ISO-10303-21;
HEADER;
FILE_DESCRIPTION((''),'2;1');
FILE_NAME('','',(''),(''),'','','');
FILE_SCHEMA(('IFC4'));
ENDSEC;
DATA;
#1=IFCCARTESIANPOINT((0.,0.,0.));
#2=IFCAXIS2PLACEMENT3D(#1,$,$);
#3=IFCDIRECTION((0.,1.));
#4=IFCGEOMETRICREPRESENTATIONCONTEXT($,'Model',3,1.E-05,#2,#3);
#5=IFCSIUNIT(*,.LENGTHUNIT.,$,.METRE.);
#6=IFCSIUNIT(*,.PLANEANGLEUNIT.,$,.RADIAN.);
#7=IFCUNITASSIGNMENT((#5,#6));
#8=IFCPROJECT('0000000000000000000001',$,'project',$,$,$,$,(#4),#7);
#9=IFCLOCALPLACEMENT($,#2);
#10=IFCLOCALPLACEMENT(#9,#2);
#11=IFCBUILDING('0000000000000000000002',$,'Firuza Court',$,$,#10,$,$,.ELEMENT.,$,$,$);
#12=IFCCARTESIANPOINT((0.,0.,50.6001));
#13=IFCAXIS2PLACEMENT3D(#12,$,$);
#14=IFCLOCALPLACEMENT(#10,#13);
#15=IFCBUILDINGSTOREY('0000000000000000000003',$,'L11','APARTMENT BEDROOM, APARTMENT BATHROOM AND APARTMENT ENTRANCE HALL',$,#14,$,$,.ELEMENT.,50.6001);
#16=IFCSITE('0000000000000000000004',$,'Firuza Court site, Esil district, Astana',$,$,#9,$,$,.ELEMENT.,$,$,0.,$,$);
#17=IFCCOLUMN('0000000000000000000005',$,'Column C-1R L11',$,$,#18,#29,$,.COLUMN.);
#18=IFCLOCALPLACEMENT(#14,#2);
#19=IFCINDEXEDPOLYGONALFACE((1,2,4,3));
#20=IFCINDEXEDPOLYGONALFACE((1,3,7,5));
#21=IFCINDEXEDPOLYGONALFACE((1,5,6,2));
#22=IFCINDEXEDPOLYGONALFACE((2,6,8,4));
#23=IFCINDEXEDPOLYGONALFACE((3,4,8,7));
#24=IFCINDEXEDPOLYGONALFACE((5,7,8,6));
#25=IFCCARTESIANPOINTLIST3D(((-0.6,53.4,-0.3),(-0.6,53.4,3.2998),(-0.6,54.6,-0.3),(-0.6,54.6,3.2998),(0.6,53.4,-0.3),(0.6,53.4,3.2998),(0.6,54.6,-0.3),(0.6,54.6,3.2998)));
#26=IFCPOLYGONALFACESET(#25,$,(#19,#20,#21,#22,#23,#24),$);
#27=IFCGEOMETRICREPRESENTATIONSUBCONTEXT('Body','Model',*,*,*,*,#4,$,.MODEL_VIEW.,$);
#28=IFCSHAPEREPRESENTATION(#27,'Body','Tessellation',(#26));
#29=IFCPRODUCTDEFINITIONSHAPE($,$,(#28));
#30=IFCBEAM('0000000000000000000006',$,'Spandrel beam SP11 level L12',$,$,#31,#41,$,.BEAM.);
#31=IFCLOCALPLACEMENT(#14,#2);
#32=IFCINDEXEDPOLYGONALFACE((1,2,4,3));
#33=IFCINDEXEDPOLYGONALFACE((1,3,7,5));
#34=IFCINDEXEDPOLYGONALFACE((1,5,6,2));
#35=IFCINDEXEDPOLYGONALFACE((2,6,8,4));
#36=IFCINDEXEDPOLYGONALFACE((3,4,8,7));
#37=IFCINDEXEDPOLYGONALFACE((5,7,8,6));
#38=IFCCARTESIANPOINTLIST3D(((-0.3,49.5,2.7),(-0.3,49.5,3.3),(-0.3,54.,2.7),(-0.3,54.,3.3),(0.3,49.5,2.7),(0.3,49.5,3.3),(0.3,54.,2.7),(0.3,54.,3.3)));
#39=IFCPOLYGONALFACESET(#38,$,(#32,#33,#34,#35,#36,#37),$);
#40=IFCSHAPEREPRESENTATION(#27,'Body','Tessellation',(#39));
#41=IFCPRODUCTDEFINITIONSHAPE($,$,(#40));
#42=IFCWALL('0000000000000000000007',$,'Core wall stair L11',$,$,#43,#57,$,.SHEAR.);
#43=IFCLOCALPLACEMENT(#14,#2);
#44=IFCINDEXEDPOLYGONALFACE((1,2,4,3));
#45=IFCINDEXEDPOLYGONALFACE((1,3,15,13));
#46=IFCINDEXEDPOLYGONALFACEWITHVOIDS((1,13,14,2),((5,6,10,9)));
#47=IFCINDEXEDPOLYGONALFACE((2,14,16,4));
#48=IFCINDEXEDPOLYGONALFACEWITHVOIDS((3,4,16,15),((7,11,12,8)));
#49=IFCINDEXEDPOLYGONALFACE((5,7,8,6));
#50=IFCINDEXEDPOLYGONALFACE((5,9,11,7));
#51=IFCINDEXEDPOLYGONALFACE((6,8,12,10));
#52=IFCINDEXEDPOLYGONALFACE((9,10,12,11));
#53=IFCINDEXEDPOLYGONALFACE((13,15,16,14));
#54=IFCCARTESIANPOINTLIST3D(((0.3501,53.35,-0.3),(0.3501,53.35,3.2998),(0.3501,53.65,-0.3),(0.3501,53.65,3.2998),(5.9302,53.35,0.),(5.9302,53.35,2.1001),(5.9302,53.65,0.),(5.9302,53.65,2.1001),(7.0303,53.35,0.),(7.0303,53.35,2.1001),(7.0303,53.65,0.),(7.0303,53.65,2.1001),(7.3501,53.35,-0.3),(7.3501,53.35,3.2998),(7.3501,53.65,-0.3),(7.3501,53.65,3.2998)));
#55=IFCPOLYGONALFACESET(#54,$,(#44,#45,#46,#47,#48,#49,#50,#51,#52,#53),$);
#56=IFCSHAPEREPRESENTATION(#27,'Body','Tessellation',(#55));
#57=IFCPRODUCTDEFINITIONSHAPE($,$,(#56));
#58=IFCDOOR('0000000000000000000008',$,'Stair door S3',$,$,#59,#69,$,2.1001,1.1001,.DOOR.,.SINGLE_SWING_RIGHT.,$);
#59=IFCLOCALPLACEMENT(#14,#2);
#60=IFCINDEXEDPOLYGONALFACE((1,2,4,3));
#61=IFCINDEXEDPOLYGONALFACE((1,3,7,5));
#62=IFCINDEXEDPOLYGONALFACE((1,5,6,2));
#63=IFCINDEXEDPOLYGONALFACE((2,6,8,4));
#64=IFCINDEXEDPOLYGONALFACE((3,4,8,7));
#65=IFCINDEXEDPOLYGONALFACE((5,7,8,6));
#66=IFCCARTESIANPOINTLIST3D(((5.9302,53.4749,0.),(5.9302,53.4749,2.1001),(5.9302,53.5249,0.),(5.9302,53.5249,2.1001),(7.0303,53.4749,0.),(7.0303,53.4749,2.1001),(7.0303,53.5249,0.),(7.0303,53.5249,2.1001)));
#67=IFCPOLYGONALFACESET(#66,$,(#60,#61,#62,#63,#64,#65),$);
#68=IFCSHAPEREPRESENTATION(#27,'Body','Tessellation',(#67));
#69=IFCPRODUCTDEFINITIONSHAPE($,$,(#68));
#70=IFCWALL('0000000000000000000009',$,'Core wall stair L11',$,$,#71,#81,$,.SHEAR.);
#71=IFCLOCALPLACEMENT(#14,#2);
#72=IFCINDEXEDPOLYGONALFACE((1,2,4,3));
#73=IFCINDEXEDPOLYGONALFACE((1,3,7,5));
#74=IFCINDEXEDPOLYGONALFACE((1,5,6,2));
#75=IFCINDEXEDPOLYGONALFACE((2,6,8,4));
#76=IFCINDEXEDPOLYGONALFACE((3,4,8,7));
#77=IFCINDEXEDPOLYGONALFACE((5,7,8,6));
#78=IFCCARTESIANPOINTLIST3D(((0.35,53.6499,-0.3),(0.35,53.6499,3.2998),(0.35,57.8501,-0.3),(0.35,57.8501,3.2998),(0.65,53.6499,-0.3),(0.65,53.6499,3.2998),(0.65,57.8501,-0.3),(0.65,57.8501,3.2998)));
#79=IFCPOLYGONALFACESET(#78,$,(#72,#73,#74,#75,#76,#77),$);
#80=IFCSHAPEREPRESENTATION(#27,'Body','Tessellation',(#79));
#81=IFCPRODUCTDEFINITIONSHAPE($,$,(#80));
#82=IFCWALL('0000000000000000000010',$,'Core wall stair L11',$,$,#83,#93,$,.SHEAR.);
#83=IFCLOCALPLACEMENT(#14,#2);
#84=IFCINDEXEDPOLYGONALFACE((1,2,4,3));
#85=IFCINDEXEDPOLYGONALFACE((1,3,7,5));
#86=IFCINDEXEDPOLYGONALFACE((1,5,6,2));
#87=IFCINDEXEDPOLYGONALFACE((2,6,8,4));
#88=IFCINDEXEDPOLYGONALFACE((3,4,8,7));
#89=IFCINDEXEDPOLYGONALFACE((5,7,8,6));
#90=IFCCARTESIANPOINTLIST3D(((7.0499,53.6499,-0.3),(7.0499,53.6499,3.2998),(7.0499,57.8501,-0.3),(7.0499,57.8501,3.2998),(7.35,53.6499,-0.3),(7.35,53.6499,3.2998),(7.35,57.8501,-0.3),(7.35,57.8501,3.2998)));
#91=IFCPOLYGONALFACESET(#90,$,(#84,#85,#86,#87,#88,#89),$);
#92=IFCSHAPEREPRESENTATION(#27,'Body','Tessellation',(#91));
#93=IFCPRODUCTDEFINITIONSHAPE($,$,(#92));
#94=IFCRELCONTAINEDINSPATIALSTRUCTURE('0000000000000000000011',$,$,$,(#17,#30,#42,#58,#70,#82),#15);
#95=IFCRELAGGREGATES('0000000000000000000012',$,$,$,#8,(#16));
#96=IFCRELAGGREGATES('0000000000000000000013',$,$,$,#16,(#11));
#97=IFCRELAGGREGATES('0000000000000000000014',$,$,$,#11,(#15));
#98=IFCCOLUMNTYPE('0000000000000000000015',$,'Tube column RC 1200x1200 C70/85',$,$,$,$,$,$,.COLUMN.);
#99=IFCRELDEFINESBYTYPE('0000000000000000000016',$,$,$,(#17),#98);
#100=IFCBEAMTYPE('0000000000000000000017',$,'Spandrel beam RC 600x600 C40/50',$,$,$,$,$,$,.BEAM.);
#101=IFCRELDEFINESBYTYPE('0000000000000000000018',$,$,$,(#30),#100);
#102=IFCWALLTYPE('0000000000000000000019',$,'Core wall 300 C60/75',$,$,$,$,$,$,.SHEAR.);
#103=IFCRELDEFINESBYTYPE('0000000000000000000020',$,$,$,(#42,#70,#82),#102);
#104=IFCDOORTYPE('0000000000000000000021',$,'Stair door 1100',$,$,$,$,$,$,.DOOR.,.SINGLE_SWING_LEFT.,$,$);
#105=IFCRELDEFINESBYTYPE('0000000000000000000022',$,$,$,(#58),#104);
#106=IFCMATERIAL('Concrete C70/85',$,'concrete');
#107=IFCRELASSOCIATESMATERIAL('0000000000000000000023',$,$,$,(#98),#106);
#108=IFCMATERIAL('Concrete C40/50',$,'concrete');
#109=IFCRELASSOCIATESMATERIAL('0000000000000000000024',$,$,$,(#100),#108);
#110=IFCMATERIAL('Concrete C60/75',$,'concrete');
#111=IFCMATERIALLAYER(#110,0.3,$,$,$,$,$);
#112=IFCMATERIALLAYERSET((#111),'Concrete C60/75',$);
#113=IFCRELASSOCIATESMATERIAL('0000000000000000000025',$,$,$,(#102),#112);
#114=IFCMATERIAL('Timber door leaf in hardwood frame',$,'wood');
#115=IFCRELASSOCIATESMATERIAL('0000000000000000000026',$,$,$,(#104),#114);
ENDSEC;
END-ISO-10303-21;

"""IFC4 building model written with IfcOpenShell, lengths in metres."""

from ifc_helpers import new_model, si_unit, direction, frame, frame_2d, origin, origin_2d, place, context, subcontext, project, spatial, rectangle, extrude, material, layer, layer_set, material_profile, profile_set, type_object, element, fill, save


model = new_model("IFC4")

# Units and contexts
model_context = context("Model", 3, precision=1e-05, world=origin(), true_north=direction((0.0, 1.0)))
body_context = subcontext(model_context, "Body", "Model", "MODEL_VIEW")
ifc_project = project(units=[si_unit("LENGTHUNIT", "METRE"), si_unit("PLANEANGLEUNIT", "RADIAN")], contexts=[model_context])

# Site, building, storey
site_placement = place(None, origin())
site = spatial("IfcSite", under=ifc_project, at=site_placement, Name="Firuza Court site, Esil district, Astana", CompositionType="ELEMENT", RefElevation=0.0)
building_placement = place(site_placement, origin())
building = spatial("IfcBuilding", under=site, at=building_placement, Name="Firuza Court", CompositionType="ELEMENT")
storey_placement = place(building_placement, frame((0.0, 0.0, 50.6001)))
storey = spatial("IfcBuildingStorey", under=building, at=storey_placement, Name="L11", Description="APARTMENT BEDROOM, APARTMENT BATHROOM AND APARTMENT ENTRANCE HALL", CompositionType="ELEMENT", Elevation=50.6001)

# Column
ifc_material_1 = material(Name="Concrete C70/85", Category="concrete")
ifc_material_profile_1 = material_profile(ifc_material_1, rectangle(XDim=1.2, YDim=1.2, at=origin_2d()), Name="RC 1200x1200")
ifc_profile_set_1 = profile_set([ifc_material_profile_1], Name="Concrete C70/85")
column_type = type_object("IfcColumnType", Name="Tube column RC 1200x1200 C70/85", PredefinedType="COLUMN", material=ifc_profile_set_1)
column_placement = place(storey_placement, frame((0.0, 54.0, -0.3), z_axis=(0.0, 0.0, 1.0), x_axis=(1.0, 0.0, 0.0)))
element("IfcColumn", 1, at=column_placement, inside=storey, type_object=column_type, Name="Column C-1R L11", PredefinedType="COLUMN", context=body_context, shape_type="SweptSolid", body=[
    extrude(rectangle(XDim=1.2, YDim=1.2, at=origin_2d()), origin(), (0.0, 0.0, 1.0), 3.5999),
])

# Beam
ifc_material_2 = material(Name="Concrete C40/50", Category="concrete")
ifc_material_profile_2 = material_profile(ifc_material_2, rectangle(XDim=0.6001, YDim=0.6001, at=origin_2d()), Name="RC 600x600")
ifc_profile_set_2 = profile_set([ifc_material_profile_2], Name="Concrete C40/50")
beam_type = type_object("IfcBeamType", Name="Spandrel beam RC 600x600 C40/50", PredefinedType="BEAM", material=ifc_profile_set_2)
beam_placement = place(storey_placement, frame((0.0, 54.0, 3.0), z_axis=(0.0, -1.0, 0.0), x_axis=(1.0, 0.0, 0.0)))
element("IfcBeam", 2, at=beam_placement, inside=storey, type_object=beam_type, Name="Spandrel beam SP11 level L12", PredefinedType="BEAM", context=body_context, shape_type="SweptSolid", body=[
    extrude(rectangle(XDim=0.6001, YDim=0.6001, at=origin_2d()), origin(), (0.0, 0.0, 1.0), 4.5),
])

# Wall, opening, door
ifc_material_3 = material(Name="Concrete C60/75", Category="concrete")
ifc_layer_1 = layer(ifc_material_3, 0.3)
ifc_layer_set_1 = layer_set([ifc_layer_1], Name="Concrete C60/75")
wall_type_1 = type_object("IfcWallType", Name="Core wall 300 C60/75", PredefinedType="SHEAR", material=ifc_layer_set_1)
wall_1_placement = place(storey_placement, frame((0.3501, 53.5, -0.3), z_axis=(0.0, 0.0, 1.0), x_axis=(1.0, 0.0, 0.0)))
wall_1 = element("IfcWall", 3, at=wall_1_placement, inside=storey, type_object=wall_type_1, Name="Core wall stair L11", PredefinedType="SHEAR", context=body_context, shape_type="SweptSolid", body=[
    extrude(rectangle(XDim=7.0, YDim=0.3, at=frame_2d((3.5, 0.0))), origin(), (0.0, 0.0, 1.0), 3.5999),
])
opening_1_placement = place(wall_1_placement, frame((5.5801, 0.0, 0.3)))
opening_1 = element("IfcOpeningElement", 4, at=opening_1_placement, cuts=wall_1, PredefinedType="OPENING", context=body_context, shape_type="SweptSolid", body=[
    extrude(rectangle(XDim=1.1001, YDim=2.1001, at=frame_2d((0.55, 1.05))), frame((0.0, 0.1621, 0.0), z_axis=(0.0, -1.0, 0.0), x_axis=(1.0, 0.0, 0.0)), (0.0, 0.0, 1.0), 0.324),
])
ifc_material_4 = material(Name="Timber door leaf in hardwood frame", Category="wood")
door_type_1 = type_object("IfcDoorType", Name="Stair door 1100", OperationType="SINGLE_SWING_LEFT", PredefinedType="DOOR", material=ifc_material_4)
door_1_placement = place(opening_1_placement, origin())
door_1 = element("IfcDoor", 5, at=door_1_placement, inside=storey, type_object=door_type_1, Name="Stair door S3", OperationType="SINGLE_SWING_RIGHT", OverallHeight=2.1001, OverallWidth=1.1001, PredefinedType="DOOR", context=body_context, shape_type="SweptSolid", body=[
    extrude(rectangle(XDim=1.1001, YDim=2.1001, at=frame_2d((0.55, 1.05))), frame((0.0, 0.0249, 0.0), z_axis=(0.0, -1.0, 0.0), x_axis=(1.0, 0.0, 0.0)), (0.0, 0.0, 1.0), 0.05),
])
fill(opening_1, door_1)

# Walls
for number, where, z_axis, x_axis, name in (
    (6, (0.5, 53.6499, -0.3), (0.0, 0.0, 1.0), (0.0, 1.0, 0.0), "Core wall stair L11"),
    (7, (7.2, 53.6499, -0.3), (0.0, 0.0, 1.0), (0.0, 1.0, 0.0), "Core wall stair L11"),
):
    element("IfcWall", number, at=place(storey_placement, frame(where, z_axis=z_axis, x_axis=x_axis)), inside=storey, type_object=wall_type_1, Name=name, PredefinedType="SHEAR", context=body_context, shape_type="SweptSolid", body=[
        extrude(rectangle(XDim=4.2002, YDim=0.3, at=frame_2d((2.1001, 0.0))), origin(), (0.0, 0.0, 1.0), 3.5999),
    ])

save(model, "model.ifc")
